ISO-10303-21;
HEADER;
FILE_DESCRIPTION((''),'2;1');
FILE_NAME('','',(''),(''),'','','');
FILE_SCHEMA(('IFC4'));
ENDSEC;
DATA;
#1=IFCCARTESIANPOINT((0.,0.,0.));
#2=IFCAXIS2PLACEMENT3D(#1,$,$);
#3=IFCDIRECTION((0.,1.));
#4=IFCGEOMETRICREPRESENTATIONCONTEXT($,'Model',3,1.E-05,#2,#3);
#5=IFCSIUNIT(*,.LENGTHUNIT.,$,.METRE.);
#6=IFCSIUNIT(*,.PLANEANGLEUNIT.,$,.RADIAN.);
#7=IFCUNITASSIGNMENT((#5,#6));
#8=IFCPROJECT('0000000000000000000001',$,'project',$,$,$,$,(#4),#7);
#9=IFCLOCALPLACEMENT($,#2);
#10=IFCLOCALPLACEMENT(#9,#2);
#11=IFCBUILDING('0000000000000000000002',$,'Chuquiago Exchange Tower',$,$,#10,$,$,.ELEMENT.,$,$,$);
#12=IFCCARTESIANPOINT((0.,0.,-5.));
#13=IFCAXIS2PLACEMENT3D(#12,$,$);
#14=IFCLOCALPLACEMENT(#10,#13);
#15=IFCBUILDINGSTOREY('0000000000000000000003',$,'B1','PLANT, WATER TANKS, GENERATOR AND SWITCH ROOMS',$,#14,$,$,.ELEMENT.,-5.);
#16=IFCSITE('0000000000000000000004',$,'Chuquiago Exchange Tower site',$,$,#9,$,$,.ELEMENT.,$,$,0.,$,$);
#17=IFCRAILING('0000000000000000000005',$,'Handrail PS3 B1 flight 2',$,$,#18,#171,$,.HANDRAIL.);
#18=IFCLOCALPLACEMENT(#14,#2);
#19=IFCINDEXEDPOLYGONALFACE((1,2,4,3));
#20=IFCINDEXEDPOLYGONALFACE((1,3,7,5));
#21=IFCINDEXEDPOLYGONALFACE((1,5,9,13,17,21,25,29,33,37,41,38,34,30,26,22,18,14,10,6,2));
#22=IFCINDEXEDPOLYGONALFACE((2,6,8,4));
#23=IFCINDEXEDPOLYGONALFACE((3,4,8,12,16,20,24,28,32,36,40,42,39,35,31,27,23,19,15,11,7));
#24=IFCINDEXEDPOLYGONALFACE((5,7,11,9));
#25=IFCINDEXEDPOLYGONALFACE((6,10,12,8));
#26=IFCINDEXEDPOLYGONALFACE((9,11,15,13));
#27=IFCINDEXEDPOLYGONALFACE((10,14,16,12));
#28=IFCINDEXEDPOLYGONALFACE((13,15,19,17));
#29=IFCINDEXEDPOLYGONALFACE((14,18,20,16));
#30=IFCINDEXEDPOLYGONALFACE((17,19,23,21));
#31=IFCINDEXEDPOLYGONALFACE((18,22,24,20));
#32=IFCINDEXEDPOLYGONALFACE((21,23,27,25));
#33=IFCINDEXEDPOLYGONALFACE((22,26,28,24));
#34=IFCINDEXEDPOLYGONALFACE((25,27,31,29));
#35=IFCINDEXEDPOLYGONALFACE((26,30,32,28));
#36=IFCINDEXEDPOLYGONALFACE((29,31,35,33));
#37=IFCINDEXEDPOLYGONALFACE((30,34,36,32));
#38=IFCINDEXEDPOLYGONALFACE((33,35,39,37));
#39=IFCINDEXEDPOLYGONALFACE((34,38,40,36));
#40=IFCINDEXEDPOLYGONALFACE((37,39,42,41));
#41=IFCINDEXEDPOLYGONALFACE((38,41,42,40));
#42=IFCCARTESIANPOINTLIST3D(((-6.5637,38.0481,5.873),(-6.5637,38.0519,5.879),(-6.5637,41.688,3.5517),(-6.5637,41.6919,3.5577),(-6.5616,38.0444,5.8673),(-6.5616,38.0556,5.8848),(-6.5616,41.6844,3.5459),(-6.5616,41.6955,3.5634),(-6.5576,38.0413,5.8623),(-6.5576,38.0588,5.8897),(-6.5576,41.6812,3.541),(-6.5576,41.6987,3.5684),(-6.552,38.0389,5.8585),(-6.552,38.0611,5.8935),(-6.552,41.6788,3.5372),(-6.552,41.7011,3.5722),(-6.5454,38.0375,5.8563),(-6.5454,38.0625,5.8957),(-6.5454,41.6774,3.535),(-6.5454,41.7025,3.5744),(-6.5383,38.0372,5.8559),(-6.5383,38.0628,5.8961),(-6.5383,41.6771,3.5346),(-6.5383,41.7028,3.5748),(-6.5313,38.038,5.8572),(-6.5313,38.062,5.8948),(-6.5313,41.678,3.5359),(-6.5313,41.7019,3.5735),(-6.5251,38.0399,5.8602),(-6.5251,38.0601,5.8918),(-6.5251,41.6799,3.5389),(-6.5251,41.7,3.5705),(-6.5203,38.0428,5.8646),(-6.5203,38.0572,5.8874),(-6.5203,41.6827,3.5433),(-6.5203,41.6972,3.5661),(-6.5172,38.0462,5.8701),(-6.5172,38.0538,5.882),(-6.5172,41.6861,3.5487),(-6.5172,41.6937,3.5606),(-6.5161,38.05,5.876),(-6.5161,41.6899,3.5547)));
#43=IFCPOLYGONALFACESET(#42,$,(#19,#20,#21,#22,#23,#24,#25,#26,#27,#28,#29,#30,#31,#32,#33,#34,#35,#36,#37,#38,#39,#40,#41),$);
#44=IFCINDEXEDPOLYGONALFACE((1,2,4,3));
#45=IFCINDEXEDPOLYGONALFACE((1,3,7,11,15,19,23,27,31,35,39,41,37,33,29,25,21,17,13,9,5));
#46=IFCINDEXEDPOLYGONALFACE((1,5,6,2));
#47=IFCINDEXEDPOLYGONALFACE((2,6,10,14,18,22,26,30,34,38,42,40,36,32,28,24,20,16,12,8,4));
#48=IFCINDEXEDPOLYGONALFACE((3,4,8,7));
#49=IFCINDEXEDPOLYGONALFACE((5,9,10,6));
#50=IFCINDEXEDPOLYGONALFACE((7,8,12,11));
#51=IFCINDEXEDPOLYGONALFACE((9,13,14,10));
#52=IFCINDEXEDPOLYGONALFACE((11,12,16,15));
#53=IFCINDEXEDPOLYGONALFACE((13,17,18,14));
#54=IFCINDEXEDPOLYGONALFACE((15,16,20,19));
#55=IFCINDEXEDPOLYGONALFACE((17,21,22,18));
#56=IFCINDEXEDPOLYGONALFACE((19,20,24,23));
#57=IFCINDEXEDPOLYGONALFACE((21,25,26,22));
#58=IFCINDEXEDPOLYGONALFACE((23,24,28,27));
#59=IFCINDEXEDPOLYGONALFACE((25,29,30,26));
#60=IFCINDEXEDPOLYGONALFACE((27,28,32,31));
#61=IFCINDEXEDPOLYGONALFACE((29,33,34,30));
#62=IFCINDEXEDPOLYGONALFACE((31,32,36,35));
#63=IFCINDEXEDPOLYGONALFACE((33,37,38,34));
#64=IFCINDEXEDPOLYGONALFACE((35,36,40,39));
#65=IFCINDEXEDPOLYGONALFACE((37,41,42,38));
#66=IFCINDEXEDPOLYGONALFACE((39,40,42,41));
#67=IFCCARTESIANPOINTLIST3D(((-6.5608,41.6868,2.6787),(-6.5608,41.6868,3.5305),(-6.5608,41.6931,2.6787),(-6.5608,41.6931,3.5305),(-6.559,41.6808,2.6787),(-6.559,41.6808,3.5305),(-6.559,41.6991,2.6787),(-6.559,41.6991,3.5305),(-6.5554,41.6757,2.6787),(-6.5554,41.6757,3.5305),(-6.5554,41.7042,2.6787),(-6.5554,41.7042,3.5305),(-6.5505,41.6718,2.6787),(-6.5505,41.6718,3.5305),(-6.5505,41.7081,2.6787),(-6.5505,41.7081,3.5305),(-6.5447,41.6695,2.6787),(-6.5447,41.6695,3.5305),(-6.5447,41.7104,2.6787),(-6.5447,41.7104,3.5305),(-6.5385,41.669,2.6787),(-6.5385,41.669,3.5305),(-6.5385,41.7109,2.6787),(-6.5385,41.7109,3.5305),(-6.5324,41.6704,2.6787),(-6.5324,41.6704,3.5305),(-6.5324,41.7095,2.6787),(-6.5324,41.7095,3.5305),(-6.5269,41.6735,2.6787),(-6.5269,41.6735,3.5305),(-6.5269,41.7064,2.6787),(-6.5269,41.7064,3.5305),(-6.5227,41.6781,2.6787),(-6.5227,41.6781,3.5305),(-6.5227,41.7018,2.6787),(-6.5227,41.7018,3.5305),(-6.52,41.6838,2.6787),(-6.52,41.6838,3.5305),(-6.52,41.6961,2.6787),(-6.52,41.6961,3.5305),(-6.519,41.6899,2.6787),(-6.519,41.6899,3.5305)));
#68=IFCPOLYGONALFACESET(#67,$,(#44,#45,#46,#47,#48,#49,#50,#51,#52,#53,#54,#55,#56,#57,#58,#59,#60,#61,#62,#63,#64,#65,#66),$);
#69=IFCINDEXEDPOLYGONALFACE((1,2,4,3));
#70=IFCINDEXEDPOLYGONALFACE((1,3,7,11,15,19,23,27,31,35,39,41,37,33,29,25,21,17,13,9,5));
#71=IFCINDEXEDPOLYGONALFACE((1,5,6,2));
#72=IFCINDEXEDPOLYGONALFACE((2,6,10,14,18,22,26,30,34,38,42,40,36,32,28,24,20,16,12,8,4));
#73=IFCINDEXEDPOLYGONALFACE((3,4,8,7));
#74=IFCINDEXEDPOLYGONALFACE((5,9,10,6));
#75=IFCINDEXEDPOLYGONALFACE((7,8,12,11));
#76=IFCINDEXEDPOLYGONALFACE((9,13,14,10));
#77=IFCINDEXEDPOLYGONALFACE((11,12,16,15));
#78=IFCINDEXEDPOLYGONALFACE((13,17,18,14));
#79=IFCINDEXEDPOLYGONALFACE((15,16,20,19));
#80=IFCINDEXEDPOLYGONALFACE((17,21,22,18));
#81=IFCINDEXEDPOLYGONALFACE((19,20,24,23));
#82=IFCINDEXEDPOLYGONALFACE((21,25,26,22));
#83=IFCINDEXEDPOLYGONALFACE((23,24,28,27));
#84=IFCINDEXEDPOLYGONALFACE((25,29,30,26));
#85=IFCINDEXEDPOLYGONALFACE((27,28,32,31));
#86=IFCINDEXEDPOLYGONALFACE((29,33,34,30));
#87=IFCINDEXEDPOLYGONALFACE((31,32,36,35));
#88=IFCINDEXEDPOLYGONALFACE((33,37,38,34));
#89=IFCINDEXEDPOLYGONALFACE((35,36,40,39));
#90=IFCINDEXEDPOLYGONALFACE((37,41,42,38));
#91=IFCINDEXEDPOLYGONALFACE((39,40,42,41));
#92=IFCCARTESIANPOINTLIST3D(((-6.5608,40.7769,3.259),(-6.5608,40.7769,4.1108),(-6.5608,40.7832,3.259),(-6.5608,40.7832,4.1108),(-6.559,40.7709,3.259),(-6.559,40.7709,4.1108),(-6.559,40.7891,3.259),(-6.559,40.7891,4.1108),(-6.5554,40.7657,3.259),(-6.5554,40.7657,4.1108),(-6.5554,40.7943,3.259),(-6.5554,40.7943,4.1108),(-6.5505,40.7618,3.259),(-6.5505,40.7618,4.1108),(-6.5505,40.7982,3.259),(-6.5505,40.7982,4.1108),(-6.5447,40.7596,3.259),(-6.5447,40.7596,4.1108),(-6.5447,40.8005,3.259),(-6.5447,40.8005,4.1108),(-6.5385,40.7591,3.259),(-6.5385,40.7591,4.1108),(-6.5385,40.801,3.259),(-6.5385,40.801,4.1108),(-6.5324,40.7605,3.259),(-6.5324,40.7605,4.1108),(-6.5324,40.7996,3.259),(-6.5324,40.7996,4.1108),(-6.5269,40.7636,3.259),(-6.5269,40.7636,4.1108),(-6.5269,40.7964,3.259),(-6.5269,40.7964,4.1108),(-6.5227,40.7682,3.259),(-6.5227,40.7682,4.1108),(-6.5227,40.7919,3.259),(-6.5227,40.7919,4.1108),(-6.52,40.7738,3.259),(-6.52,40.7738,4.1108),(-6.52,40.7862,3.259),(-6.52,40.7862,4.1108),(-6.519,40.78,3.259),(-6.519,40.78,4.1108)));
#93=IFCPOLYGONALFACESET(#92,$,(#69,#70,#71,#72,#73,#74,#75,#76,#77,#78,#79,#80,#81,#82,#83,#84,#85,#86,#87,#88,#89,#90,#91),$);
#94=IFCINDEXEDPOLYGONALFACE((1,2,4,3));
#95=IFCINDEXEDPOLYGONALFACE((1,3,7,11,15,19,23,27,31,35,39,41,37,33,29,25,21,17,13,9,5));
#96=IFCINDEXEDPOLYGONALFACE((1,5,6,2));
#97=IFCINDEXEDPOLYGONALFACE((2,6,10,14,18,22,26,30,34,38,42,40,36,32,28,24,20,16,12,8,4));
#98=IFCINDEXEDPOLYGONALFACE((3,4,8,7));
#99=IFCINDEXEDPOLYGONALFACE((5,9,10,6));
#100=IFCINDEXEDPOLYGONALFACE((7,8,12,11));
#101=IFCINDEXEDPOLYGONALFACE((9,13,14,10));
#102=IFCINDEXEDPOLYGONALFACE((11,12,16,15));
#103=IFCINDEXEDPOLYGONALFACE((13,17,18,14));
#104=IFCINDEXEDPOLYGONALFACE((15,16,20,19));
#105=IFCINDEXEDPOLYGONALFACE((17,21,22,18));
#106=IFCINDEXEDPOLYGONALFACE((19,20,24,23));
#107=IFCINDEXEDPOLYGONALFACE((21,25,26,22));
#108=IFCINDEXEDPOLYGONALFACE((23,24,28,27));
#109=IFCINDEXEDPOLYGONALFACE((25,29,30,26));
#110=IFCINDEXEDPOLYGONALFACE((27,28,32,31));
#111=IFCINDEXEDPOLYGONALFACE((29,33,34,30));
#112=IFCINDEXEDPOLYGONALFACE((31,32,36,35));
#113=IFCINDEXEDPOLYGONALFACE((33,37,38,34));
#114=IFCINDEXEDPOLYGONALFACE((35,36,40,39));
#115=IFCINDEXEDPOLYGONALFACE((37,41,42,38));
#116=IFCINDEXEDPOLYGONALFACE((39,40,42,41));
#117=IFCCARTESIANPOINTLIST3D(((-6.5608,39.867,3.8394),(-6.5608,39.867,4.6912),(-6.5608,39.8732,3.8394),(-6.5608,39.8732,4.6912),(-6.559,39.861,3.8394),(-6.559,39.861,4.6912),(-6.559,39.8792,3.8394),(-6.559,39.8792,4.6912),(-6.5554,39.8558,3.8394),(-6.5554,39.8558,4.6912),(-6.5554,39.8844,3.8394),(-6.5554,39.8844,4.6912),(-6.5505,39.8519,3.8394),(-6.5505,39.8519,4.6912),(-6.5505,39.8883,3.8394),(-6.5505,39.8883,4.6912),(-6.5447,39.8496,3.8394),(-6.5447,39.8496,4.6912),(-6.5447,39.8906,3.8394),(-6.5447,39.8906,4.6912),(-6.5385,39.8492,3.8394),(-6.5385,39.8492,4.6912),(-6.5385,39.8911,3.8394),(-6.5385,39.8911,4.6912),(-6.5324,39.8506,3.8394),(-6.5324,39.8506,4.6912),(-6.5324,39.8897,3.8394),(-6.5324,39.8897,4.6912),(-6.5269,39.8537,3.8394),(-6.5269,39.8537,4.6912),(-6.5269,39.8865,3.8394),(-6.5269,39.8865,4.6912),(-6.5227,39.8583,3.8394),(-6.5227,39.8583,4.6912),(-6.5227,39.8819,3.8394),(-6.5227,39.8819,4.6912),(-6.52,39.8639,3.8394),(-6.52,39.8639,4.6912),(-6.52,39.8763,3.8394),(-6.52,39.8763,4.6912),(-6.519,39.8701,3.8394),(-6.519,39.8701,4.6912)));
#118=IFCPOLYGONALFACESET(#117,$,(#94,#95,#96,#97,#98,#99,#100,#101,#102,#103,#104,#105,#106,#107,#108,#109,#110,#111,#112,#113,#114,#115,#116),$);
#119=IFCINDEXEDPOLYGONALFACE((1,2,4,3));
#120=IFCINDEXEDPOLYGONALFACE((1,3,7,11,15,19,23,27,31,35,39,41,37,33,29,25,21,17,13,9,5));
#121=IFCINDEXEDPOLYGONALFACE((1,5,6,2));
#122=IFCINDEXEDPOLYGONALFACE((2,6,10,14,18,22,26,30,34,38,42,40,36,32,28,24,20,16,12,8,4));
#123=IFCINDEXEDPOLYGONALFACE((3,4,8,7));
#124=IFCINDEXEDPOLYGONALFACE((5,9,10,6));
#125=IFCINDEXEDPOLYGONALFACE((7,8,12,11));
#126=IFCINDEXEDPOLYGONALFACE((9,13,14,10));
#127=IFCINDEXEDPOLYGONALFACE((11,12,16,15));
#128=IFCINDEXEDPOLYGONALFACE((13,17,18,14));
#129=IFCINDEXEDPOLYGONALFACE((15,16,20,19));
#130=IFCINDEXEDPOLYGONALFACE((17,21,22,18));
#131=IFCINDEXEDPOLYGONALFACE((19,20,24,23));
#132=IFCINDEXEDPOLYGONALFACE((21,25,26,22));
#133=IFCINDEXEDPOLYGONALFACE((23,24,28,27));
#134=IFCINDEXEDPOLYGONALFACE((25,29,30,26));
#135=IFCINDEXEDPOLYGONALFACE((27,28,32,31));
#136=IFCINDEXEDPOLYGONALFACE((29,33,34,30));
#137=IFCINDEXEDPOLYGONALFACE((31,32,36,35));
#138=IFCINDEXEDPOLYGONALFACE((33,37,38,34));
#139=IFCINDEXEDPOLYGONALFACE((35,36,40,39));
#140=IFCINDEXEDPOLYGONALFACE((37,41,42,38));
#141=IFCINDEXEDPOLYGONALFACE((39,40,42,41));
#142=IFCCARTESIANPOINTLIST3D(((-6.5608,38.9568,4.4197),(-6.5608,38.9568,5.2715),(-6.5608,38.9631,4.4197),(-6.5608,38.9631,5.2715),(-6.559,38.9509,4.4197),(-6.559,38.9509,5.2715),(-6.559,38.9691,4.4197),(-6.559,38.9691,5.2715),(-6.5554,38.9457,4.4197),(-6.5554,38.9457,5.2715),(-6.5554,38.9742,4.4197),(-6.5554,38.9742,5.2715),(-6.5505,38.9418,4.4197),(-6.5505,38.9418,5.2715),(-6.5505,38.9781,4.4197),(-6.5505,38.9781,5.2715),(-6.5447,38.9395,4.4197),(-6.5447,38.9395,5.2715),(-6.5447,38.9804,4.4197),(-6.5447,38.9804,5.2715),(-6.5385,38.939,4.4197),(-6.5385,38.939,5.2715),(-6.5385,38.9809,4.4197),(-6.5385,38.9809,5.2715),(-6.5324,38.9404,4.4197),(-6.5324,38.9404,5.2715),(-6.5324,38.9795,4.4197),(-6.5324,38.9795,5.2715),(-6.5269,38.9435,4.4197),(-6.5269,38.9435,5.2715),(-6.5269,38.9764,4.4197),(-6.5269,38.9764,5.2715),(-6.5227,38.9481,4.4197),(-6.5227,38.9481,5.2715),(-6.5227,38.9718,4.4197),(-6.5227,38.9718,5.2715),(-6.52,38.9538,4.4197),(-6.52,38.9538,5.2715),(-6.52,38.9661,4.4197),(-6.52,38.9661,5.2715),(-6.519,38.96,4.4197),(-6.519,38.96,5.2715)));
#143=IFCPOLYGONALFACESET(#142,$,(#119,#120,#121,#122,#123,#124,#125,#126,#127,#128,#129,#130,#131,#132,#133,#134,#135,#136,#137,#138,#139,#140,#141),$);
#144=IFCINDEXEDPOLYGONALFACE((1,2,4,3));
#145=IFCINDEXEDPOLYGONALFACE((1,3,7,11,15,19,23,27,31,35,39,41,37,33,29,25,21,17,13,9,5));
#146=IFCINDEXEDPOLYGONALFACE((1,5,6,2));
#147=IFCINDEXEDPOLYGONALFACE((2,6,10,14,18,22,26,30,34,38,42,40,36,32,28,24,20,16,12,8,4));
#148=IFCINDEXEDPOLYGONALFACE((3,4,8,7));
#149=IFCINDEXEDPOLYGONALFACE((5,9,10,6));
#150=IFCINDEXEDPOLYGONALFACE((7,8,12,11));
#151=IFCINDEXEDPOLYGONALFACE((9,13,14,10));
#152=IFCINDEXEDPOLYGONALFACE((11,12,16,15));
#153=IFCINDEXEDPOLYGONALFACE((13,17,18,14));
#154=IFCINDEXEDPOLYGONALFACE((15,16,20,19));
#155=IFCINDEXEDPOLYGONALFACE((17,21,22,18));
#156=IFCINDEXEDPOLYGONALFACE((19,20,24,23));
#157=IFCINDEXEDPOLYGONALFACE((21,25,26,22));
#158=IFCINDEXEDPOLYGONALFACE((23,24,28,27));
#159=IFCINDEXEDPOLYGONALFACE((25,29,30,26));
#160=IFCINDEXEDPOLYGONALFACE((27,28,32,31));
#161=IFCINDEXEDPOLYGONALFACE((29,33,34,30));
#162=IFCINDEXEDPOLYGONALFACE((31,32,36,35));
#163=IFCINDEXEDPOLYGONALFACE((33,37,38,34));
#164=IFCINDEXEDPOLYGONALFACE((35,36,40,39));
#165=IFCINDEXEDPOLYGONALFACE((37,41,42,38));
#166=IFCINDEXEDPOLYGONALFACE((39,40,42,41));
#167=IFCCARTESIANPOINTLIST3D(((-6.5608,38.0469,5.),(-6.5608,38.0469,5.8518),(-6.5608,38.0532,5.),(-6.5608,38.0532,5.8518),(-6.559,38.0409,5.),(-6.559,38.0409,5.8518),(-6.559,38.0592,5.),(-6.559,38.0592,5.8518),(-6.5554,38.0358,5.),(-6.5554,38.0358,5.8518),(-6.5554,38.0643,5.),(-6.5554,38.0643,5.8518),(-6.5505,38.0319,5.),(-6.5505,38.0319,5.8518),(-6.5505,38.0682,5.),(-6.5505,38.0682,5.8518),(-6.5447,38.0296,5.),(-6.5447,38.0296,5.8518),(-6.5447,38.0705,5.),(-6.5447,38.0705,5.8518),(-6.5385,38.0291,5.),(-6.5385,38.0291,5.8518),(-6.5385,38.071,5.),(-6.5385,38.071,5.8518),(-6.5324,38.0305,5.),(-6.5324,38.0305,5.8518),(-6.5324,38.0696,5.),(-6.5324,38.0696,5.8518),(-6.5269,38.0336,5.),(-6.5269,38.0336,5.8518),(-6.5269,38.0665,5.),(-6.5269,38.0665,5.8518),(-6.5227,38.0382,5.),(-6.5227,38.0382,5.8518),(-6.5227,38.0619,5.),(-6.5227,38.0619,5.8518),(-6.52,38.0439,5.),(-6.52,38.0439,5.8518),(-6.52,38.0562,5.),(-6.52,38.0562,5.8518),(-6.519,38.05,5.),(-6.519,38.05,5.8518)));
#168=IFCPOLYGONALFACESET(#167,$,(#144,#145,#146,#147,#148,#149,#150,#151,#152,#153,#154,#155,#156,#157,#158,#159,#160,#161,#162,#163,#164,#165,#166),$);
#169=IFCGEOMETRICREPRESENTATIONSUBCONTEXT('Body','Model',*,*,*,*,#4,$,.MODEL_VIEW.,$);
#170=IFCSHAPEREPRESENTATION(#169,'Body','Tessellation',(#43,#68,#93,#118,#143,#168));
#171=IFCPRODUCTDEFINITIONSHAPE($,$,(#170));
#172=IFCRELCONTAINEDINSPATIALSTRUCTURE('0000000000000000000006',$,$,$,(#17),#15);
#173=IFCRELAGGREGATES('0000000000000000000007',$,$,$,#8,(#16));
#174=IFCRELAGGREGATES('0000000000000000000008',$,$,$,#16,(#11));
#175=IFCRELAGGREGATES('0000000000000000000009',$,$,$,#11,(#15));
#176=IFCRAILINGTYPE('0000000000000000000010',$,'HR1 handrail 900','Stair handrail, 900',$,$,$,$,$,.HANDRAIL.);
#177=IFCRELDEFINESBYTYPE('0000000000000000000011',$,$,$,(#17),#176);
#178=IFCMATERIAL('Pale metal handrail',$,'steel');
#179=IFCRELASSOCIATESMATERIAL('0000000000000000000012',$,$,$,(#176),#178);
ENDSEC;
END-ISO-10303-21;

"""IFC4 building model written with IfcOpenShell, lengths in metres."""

from ifc_helpers import new_model, si_unit, direction, frame, origin, origin_2d, place, context, subcontext, project, spatial, circle, extrude, material, type_object, element, save


model = new_model("IFC4")

# Units and contexts
model_context = context("Model", 3, precision=1e-05, world=origin(), true_north=direction((0.0, 1.0)))
body_context = subcontext(model_context, "Body", "Model", "MODEL_VIEW")
ifc_project = project(units=[si_unit("LENGTHUNIT", "METRE"), si_unit("PLANEANGLEUNIT", "RADIAN")], contexts=[model_context])

# Site, building, storey
site_placement = place(None, origin())
site = spatial("IfcSite", under=ifc_project, at=site_placement, Name="Chuquiago Exchange Tower site", CompositionType="ELEMENT", RefElevation=0.0)
building_placement = place(site_placement, origin())
building = spatial("IfcBuilding", under=site, at=building_placement, Name="Chuquiago Exchange Tower", CompositionType="ELEMENT")
storey_placement = place(building_placement, frame((0.0, 0.0, -5.0)))
storey = spatial("IfcBuildingStorey", under=building, at=storey_placement, Name="B1", Description="PLANT, WATER TANKS, GENERATOR AND SWITCH ROOMS", CompositionType="ELEMENT", Elevation=-5.0)

# Railing
ifc_material_1 = material(Name="Pale metal handrail", Category="steel")
railing_type = type_object("IfcRailingType", Name="HR1 handrail 900", Description="Stair handrail, 900", PredefinedType="HANDRAIL", material=ifc_material_1)
for number, where, name in (
    (1, (-6.54, 41.6899, 2.6787), "Handrail PS3 B1 flight 2"),
):
    element("IfcRailing", number, at=place(storey_placement, frame(where)), inside=storey, type_object=railing_type, Name=name, PredefinedType="HANDRAIL", context=body_context, shape_type="SweptSolid", body=[
        extrude(circle(Radius=0.0239, at=origin_2d()), frame((0.0, 0.0, 0.876), z_axis=(0.0, -0.843137, 0.537699), x_axis=(1.0, 0.0, 0.0)), (0.0, 0.0, 1.0), 4.3171),
        extrude(circle(Radius=0.021, at=origin_2d()), origin(), (0.0, 0.0, 1.0), 0.8518),
        extrude(circle(Radius=0.021, at=origin_2d()), frame((0.0, -0.9099, 0.5803)), (0.0, 0.0, 1.0), 0.8518),
        extrude(circle(Radius=0.021, at=origin_2d()), frame((0.0, -1.8198, 1.1606)), (0.0, 0.0, 1.0), 0.8518),
        extrude(circle(Radius=0.021, at=origin_2d()), frame((0.0, -2.73, 1.741)), (0.0, 0.0, 1.0), 0.8518),
        extrude(circle(Radius=0.021, at=origin_2d()), frame((0.0, -3.6399, 2.3213)), (0.0, 0.0, 1.0), 0.8518),
    ])

save(model, "model.ifc")
